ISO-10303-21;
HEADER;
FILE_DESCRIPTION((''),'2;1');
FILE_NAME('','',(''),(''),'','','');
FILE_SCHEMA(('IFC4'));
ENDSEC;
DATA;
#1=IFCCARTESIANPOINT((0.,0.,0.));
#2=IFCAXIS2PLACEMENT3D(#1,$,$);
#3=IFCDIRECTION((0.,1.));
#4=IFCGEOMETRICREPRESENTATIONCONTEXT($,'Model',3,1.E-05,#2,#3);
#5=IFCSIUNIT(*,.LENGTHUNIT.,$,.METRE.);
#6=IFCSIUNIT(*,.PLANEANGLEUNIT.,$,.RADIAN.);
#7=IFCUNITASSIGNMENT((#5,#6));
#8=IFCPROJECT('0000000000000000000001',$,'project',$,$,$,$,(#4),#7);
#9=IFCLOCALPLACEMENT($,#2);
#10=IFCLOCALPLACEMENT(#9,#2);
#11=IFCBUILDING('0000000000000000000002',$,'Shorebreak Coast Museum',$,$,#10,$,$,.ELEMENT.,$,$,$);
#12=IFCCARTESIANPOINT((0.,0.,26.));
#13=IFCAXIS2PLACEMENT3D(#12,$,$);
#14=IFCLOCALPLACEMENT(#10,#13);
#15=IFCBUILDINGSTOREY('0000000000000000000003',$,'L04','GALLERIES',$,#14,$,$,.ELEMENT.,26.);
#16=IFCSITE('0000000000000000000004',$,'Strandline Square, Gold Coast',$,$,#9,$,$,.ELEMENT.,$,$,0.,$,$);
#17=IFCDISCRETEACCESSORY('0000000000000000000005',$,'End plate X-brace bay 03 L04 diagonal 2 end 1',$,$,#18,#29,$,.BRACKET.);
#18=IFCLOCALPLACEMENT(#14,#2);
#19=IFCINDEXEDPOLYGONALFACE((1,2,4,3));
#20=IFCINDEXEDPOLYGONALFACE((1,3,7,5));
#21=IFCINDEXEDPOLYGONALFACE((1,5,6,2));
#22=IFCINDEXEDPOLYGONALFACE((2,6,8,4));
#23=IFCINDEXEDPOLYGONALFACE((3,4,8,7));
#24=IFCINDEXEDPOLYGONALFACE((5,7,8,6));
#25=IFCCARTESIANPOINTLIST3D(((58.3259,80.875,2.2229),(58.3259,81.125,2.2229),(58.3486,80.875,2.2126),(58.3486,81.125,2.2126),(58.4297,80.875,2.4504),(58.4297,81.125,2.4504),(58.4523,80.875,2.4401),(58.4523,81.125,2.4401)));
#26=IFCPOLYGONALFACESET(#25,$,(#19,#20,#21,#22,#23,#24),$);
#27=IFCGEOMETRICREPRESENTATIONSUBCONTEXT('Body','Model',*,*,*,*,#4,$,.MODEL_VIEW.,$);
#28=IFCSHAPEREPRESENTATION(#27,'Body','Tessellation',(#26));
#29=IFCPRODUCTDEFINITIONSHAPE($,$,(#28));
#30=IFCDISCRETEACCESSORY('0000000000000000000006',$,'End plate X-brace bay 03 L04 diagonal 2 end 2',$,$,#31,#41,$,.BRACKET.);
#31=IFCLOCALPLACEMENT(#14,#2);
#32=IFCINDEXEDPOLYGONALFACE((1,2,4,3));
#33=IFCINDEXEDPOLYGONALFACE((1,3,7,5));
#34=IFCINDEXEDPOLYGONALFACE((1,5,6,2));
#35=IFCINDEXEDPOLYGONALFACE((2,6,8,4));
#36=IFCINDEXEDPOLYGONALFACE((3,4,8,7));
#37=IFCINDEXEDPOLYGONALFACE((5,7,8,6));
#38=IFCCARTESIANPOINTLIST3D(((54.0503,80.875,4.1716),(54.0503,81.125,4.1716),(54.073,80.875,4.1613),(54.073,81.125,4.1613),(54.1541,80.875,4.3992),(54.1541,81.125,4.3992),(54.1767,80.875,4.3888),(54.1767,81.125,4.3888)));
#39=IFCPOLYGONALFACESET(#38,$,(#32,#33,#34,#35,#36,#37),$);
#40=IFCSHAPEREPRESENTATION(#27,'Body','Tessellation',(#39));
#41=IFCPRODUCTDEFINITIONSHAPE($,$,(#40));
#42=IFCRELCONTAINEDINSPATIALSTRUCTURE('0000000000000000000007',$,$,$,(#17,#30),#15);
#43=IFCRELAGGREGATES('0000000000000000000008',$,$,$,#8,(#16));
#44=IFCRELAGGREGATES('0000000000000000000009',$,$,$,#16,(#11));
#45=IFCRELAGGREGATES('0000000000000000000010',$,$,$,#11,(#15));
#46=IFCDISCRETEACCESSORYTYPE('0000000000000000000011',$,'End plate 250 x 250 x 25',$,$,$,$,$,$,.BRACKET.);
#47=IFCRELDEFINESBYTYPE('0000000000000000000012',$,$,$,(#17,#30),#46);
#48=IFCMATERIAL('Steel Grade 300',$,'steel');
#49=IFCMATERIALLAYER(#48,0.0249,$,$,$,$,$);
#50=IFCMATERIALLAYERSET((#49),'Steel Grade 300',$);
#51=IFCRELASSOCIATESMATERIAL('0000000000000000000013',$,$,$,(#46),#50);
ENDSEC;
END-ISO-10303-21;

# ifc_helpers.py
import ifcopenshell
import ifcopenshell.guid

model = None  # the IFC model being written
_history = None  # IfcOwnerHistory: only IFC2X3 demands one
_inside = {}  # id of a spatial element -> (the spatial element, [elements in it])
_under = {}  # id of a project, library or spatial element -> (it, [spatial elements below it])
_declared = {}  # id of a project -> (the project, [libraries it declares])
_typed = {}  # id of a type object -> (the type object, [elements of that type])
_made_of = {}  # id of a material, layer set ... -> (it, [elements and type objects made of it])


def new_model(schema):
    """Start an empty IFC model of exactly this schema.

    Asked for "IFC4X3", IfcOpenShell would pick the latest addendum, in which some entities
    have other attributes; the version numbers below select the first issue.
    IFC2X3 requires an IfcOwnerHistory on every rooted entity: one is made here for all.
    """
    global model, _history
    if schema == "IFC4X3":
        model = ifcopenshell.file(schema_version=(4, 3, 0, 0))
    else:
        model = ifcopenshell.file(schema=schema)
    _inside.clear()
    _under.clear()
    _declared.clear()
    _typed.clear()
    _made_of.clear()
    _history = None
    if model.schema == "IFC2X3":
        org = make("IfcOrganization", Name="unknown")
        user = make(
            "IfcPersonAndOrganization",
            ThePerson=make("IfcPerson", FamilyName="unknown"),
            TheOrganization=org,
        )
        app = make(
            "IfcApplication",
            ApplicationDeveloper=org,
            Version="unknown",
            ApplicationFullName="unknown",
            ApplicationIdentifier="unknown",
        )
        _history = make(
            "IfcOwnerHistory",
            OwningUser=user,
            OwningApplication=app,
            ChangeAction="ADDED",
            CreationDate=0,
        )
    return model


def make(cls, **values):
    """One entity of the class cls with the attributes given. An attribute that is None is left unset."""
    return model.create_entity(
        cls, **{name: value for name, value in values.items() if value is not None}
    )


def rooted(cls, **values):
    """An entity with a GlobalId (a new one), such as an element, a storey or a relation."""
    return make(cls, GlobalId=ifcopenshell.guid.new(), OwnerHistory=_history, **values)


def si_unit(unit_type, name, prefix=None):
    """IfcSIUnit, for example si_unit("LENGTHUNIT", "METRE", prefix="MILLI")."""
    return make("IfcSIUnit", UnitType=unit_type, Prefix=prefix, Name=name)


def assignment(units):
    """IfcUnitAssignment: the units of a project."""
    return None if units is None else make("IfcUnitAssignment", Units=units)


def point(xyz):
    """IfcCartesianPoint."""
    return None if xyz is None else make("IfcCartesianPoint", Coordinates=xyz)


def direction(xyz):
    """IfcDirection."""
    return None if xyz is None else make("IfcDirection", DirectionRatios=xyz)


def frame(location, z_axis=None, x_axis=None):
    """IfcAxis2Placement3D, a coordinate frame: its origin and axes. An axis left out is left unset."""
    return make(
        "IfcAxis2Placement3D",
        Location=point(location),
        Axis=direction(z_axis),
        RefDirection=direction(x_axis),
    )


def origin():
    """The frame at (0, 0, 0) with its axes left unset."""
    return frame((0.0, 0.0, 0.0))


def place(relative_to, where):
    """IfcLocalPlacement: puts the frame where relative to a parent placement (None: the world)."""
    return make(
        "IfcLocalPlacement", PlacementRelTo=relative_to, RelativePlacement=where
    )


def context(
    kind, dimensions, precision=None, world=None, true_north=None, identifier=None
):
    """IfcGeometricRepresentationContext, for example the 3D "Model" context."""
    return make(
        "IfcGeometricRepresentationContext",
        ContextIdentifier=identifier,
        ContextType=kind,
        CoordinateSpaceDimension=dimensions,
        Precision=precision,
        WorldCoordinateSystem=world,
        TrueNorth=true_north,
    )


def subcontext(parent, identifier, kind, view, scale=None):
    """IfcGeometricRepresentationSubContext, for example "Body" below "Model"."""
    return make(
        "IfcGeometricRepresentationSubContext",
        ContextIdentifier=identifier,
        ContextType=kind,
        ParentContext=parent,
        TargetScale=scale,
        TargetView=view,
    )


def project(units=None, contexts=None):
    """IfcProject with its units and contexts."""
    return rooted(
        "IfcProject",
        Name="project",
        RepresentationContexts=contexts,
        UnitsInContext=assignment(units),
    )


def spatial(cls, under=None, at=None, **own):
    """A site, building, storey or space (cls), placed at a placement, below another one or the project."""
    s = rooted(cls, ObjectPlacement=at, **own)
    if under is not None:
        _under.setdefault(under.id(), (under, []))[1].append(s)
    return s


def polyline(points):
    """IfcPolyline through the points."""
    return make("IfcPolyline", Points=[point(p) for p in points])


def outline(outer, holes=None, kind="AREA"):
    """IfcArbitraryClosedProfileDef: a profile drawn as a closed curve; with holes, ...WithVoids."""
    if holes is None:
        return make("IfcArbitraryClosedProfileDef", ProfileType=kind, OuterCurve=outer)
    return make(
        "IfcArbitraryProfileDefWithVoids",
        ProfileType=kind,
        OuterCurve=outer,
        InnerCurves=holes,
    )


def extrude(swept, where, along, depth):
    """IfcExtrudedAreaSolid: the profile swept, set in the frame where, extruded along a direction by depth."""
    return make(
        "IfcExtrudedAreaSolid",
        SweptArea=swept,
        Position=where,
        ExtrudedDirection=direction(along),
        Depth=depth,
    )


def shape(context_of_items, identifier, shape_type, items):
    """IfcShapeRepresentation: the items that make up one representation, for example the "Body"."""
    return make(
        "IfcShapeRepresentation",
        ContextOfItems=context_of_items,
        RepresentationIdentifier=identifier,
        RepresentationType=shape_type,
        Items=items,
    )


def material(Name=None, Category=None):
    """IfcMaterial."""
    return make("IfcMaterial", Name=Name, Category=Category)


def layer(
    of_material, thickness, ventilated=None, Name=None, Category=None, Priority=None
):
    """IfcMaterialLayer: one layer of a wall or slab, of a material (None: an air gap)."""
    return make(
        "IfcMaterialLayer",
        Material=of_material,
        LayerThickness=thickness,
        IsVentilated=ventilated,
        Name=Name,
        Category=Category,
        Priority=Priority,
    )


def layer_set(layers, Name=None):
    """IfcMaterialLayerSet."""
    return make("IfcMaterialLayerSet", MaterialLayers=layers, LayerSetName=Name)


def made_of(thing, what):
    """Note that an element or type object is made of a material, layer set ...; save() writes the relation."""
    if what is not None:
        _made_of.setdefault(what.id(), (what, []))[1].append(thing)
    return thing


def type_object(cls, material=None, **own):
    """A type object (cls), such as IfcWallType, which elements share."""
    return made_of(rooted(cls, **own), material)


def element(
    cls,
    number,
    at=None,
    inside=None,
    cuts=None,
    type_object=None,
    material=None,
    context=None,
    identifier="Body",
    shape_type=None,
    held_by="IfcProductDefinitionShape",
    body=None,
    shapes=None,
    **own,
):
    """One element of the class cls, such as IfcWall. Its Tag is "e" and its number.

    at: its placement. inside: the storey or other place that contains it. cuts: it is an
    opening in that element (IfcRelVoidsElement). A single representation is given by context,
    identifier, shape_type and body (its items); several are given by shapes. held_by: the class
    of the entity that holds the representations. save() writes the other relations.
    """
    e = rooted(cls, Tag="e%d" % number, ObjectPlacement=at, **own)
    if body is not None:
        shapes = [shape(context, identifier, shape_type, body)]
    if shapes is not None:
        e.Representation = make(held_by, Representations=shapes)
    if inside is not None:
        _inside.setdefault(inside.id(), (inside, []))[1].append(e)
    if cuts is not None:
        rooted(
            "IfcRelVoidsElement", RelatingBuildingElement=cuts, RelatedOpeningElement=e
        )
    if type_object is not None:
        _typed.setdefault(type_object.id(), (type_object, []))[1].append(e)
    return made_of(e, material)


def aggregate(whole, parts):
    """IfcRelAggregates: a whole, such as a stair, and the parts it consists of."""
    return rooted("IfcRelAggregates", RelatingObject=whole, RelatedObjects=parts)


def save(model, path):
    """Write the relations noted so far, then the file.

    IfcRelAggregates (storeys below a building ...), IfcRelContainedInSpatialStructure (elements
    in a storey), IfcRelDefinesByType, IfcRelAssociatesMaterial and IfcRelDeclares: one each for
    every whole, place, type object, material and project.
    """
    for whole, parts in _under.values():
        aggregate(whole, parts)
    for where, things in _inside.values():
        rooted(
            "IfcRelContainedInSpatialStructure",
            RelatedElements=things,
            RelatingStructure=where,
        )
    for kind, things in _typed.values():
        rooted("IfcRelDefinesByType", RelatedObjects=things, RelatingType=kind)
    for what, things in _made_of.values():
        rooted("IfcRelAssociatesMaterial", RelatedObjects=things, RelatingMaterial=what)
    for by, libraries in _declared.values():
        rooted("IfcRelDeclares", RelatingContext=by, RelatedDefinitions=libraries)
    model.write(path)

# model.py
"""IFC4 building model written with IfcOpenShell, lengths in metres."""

from ifc_helpers import new_model, si_unit, direction, frame, origin, place, context, subcontext, project, spatial, polyline, outline, extrude, material, layer, layer_set, type_object, element, save


model = new_model("IFC4")

# Units and contexts
model_context = context("Model", 3, precision=1e-05, world=origin(), true_north=direction((0.0, 1.0)))
body_context = subcontext(model_context, "Body", "Model", "MODEL_VIEW")
ifc_project = project(units=[si_unit("LENGTHUNIT", "METRE"), si_unit("PLANEANGLEUNIT", "RADIAN")], contexts=[model_context])

# Site, building, storey
site_placement = place(None, origin())
site = spatial("IfcSite", under=ifc_project, at=site_placement, Name="Strandline Square, Gold Coast", CompositionType="ELEMENT", RefElevation=0.0)
building_placement = place(site_placement, origin())
building = spatial("IfcBuilding", under=site, at=building_placement, Name="Shorebreak Coast Museum", CompositionType="ELEMENT")
storey_placement = place(building_placement, frame((0.0, 0.0, 26.0)))
storey = spatial("IfcBuildingStorey", under=building, at=storey_placement, Name="L04", Description="GALLERIES", CompositionType="ELEMENT", Elevation=26.0)

# Discrete accessories
ifc_material_1 = material(Name="Steel Grade 300", Category="steel")
ifc_layer_1 = layer(ifc_material_1, 0.0249)
ifc_layer_set_1 = layer_set([ifc_layer_1], Name="Steel Grade 300")
discrete_accessory_type = type_object("IfcDiscreteAccessoryType", Name="End plate 250 x 250 x 25", PredefinedType="BRACKET", material=ifc_layer_set_1)
for number, where, z_axis, x_axis, name in (
    (1, (58.3259, 81.125, 2.2229), (-0.909864, 0.0, 0.414906), (0.0, -1.0, 0.0), "End plate X-brace bay 03 L04 diagonal 2 end 1"),
    (2, (54.0503, 81.125, 4.1716), (-0.909864, 0.0, 0.414906), (0.0, -1.0, 0.0), "End plate X-brace bay 03 L04 diagonal 2 end 2"),
):
    element("IfcDiscreteAccessory", number, at=place(storey_placement, frame(where, z_axis=z_axis, x_axis=x_axis)), inside=storey, type_object=discrete_accessory_type, Name=name, PredefinedType="BRACKET", context=body_context, shape_type="SweptSolid", body=[
        extrude(outline(polyline([(0.0, 0.0), (0.25, 0.0), (0.25, 0.2501), (0.0, 0.2501), (0.0, 0.0)])), origin(), (0.0, 0.0, -1.0), 0.0249),
    ])

save(model, "model.ifc")
